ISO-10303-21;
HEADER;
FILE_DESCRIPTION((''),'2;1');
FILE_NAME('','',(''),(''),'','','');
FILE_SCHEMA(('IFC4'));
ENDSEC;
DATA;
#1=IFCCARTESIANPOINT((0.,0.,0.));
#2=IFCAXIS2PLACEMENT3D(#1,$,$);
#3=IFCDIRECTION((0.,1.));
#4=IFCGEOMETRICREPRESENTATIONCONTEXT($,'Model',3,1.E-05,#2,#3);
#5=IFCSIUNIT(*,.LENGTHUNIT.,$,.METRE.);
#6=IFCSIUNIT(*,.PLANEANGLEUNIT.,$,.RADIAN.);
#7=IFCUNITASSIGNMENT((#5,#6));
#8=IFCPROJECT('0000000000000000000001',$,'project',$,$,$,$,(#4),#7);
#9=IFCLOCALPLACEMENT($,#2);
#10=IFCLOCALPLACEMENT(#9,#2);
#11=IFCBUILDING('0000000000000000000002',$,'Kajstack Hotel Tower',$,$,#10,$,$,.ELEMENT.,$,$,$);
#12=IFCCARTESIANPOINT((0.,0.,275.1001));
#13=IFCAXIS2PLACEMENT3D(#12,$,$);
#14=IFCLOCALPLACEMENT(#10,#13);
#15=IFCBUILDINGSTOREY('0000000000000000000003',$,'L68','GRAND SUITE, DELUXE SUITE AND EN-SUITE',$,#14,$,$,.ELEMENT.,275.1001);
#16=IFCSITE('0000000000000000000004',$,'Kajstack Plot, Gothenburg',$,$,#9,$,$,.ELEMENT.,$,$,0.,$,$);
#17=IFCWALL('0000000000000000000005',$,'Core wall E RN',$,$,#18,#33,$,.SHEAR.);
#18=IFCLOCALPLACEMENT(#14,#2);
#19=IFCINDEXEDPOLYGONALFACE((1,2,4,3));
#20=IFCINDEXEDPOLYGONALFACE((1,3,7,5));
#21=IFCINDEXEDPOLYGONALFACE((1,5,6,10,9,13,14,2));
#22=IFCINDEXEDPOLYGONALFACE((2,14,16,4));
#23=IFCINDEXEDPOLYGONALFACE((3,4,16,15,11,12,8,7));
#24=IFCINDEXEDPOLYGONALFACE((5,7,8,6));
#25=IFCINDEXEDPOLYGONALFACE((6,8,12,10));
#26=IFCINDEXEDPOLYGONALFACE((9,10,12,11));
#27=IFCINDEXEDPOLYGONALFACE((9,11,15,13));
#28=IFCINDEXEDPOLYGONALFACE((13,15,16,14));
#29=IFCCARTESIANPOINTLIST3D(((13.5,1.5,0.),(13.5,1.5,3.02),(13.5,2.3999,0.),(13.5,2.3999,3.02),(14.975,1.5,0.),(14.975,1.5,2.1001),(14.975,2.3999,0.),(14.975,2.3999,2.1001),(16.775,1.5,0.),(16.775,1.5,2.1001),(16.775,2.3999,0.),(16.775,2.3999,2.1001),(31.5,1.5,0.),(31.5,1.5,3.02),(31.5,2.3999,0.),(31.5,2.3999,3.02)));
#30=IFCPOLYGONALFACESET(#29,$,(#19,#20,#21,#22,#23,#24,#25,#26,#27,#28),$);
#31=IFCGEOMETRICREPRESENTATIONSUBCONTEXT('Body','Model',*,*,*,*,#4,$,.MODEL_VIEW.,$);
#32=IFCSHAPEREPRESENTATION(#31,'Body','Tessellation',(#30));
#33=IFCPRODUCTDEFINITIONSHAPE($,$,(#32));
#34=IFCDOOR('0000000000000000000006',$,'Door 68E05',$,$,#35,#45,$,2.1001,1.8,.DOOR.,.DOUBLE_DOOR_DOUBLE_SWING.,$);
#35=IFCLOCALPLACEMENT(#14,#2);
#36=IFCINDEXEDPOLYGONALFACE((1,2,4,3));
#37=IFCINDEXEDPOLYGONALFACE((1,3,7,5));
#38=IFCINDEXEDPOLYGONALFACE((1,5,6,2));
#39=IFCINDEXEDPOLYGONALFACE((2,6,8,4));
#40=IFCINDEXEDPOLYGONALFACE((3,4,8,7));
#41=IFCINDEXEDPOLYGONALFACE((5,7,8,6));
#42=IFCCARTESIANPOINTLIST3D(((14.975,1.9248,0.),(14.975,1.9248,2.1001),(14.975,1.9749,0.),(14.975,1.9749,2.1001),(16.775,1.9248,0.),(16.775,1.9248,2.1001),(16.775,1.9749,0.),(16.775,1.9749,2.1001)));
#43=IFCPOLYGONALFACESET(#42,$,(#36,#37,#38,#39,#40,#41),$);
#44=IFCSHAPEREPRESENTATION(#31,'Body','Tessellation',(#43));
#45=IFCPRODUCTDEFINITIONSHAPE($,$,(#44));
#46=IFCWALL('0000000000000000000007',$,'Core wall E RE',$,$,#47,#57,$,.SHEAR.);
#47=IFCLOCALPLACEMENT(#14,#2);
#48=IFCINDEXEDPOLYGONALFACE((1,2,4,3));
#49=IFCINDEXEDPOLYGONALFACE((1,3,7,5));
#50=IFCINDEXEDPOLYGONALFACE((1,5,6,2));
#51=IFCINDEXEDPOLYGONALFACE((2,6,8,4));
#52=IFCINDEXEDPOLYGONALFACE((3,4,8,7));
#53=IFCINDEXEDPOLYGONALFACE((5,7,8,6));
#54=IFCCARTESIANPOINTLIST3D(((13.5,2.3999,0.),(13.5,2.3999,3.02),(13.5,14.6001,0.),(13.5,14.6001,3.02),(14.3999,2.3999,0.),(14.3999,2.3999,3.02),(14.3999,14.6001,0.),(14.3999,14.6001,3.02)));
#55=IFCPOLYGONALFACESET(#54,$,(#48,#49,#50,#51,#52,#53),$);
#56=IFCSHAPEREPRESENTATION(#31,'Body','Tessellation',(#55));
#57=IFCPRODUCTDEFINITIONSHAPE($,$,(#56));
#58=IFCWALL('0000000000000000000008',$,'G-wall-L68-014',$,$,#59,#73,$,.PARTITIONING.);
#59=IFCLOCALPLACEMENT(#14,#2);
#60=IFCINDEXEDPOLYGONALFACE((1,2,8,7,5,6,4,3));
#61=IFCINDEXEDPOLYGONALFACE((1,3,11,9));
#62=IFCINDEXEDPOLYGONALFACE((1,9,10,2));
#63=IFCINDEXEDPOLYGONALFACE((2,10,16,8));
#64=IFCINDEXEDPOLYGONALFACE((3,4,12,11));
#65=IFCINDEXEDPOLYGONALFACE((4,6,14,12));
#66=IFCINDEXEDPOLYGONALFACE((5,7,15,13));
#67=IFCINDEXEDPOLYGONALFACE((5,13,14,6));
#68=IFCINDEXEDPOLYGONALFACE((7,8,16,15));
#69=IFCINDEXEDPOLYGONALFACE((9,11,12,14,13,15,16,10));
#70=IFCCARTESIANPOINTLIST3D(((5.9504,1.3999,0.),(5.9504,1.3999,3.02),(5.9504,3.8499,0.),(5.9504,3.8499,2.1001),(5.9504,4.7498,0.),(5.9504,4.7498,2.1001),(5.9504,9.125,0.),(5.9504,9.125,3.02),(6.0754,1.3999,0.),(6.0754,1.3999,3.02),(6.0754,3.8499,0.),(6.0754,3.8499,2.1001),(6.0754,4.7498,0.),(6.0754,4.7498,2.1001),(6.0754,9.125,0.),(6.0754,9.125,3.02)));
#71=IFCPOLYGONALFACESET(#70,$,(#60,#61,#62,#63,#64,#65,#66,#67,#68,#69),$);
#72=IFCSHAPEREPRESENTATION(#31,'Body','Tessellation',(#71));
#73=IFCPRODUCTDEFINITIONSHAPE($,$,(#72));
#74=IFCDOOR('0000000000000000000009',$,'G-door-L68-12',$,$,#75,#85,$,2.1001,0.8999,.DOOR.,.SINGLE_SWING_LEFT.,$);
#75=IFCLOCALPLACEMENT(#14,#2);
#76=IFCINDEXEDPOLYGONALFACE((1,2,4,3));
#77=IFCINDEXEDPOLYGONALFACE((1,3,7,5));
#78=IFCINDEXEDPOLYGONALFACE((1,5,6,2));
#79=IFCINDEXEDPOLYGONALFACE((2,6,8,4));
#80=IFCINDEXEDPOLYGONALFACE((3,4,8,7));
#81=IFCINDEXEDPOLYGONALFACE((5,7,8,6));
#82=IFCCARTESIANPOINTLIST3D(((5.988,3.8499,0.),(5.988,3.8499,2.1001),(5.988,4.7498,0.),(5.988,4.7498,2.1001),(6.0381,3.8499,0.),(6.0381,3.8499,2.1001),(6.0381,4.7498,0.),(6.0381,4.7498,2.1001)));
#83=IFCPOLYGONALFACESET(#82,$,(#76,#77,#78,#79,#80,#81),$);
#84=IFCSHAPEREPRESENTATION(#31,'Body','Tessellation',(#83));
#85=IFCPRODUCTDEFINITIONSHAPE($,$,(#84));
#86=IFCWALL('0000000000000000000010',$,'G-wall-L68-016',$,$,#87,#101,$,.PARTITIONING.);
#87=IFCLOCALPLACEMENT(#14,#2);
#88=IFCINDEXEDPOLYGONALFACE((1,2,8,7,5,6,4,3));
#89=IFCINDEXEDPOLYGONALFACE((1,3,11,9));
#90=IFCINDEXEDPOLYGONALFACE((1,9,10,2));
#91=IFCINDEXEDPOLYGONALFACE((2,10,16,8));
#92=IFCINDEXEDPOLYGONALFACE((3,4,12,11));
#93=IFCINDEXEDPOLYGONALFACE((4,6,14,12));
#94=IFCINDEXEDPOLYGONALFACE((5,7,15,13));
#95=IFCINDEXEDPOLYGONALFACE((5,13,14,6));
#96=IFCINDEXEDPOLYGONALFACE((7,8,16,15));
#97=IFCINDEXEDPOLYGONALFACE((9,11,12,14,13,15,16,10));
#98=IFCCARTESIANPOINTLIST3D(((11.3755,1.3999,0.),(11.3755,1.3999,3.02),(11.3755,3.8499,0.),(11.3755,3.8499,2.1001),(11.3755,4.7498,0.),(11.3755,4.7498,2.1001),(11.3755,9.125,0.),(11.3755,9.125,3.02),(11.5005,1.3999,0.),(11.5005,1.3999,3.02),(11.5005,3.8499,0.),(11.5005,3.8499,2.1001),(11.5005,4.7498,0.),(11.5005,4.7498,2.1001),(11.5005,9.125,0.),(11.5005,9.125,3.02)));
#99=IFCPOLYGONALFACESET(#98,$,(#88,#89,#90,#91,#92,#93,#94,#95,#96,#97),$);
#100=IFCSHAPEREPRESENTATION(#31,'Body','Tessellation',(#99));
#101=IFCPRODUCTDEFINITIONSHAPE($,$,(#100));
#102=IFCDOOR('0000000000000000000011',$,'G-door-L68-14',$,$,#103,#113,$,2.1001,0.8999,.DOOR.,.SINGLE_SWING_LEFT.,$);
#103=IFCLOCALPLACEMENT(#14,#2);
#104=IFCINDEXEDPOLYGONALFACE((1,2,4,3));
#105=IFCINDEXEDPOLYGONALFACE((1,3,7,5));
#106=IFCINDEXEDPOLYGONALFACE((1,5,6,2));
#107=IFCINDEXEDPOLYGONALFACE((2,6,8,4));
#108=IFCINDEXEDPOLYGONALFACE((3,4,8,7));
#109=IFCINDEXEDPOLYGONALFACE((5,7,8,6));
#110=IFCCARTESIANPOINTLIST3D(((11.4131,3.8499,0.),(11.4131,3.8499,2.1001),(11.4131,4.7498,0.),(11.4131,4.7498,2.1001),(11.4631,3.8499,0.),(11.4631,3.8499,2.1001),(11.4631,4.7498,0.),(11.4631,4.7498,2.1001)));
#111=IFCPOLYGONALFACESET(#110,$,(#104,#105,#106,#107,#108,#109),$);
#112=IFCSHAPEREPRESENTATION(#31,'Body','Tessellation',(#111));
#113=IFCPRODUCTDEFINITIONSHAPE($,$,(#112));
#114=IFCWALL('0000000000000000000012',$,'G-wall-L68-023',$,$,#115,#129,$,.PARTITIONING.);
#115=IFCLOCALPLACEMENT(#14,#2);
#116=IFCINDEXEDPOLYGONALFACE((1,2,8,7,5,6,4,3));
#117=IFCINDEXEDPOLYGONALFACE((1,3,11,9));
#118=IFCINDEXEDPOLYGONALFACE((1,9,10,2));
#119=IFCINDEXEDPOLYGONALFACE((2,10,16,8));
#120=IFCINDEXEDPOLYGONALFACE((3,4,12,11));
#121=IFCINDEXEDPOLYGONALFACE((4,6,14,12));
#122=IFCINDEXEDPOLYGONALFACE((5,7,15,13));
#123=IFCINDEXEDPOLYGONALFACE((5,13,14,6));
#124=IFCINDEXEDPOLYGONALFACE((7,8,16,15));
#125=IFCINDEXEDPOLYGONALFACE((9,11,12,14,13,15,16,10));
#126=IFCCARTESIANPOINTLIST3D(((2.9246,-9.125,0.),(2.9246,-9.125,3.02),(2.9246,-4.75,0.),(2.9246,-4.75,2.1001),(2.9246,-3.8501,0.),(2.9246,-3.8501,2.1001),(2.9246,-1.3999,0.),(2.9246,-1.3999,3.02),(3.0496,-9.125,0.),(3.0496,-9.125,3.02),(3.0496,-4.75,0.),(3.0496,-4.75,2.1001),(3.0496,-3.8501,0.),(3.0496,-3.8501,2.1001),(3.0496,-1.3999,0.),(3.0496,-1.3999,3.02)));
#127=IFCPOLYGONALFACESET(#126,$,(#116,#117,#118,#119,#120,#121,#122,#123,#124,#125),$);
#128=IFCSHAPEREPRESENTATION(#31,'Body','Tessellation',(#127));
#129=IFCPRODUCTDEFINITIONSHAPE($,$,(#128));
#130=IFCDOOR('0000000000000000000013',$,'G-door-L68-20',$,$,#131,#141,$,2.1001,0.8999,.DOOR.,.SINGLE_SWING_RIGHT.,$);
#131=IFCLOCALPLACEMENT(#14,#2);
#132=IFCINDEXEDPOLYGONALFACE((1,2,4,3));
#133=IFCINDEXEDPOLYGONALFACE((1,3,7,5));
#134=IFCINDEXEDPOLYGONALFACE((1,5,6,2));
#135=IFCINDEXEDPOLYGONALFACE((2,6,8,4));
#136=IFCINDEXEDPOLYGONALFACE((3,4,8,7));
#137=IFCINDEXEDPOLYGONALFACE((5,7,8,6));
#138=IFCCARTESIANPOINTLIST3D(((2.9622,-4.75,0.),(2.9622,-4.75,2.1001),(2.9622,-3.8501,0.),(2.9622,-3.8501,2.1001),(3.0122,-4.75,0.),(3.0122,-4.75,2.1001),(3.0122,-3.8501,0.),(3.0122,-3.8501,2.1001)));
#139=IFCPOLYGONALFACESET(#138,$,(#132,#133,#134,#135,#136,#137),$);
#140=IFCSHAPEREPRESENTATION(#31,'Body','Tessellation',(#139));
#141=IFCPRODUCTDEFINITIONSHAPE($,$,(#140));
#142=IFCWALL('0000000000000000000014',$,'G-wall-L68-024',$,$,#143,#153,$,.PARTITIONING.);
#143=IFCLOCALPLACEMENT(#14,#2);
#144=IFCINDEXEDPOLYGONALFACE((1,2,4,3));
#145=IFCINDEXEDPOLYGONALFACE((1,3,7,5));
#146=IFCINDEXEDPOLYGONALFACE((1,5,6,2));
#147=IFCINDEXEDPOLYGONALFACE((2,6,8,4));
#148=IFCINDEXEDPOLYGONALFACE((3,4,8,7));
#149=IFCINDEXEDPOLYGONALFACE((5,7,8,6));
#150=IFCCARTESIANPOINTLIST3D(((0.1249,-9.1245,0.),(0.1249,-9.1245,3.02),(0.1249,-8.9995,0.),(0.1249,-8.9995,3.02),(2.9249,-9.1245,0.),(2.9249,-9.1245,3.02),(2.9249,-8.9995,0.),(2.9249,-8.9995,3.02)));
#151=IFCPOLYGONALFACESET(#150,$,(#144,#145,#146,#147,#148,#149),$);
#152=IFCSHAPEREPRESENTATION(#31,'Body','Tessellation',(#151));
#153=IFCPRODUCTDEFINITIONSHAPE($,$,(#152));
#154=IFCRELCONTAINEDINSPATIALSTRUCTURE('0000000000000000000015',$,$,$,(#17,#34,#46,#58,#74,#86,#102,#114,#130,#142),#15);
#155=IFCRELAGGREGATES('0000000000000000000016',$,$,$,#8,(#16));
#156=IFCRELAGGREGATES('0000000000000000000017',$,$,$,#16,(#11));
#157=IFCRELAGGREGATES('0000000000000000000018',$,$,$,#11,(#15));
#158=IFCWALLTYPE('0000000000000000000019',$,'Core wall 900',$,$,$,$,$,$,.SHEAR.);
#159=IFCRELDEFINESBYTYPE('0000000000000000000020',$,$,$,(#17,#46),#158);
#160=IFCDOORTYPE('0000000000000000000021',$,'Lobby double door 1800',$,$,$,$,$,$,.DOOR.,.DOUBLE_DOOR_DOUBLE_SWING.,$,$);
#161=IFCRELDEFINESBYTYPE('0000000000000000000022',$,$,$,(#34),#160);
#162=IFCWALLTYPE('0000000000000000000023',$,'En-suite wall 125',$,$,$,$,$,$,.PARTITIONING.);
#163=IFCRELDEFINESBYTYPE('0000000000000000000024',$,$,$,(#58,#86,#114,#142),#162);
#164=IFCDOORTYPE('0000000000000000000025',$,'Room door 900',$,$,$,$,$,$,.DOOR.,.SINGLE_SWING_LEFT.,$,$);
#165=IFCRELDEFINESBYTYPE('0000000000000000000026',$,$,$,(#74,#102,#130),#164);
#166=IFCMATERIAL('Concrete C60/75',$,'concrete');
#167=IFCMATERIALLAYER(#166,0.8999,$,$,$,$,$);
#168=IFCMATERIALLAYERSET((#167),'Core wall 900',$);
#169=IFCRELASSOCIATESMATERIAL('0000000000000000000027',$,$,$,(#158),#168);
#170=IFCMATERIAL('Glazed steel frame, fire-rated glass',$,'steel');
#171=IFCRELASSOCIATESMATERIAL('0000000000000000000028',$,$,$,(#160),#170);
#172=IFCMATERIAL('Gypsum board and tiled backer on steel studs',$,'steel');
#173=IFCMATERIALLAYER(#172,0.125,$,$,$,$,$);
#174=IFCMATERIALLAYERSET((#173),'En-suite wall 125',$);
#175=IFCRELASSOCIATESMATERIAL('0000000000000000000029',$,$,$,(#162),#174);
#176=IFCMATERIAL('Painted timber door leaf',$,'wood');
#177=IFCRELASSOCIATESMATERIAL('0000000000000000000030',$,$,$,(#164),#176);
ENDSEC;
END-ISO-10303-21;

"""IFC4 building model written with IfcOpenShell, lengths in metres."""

from ifc_helpers import new_model, si_unit, direction, frame, frame_2d, origin, place, context, subcontext, project, spatial, rectangle, extrude, material, layer, layer_set, type_object, element, fill, save


model = new_model("IFC4")

# Units and contexts
model_context = context("Model", 3, precision=1e-05, world=origin(), true_north=direction((0.0, 1.0)))
body_context = subcontext(model_context, "Body", "Model", "MODEL_VIEW")
ifc_project = project(units=[si_unit("LENGTHUNIT", "METRE"), si_unit("PLANEANGLEUNIT", "RADIAN")], contexts=[model_context])

# Site, building, storey
site_placement = place(None, origin())
site = spatial("IfcSite", under=ifc_project, at=site_placement, Name="Kajstack Plot, Gothenburg", CompositionType="ELEMENT", RefElevation=0.0)
building_placement = place(site_placement, origin())
building = spatial("IfcBuilding", under=site, at=building_placement, Name="Kajstack Hotel Tower", CompositionType="ELEMENT")
storey_placement = place(building_placement, frame((0.0, 0.0, 275.1001)))
storey = spatial("IfcBuildingStorey", under=building, at=storey_placement, Name="L68", Description="GRAND SUITE, DELUXE SUITE AND EN-SUITE", CompositionType="ELEMENT", Elevation=275.1001)

# Wall, opening, door
ifc_material_1 = material(Name="Concrete C60/75", Category="concrete")
ifc_layer_1 = layer(ifc_material_1, 0.8999)
ifc_layer_set_1 = layer_set([ifc_layer_1], Name="Core wall 900")
wall_type_1 = type_object("IfcWallType", Name="Core wall 900", PredefinedType="SHEAR", material=ifc_layer_set_1)
wall_1_placement = place(storey_placement, frame((13.5, 1.95, 0.0), z_axis=(0.0, 0.0, 1.0), x_axis=(1.0, 0.0, 0.0)))
wall_1 = element("IfcWall", 1, at=wall_1_placement, inside=storey, type_object=wall_type_1, Name="Core wall E RN", PredefinedType="SHEAR", context=body_context, shape_type="SweptSolid", body=[
    extrude(rectangle(XDim=18.0, YDim=0.8999, at=frame_2d((9.0, 0.0))), origin(), (0.0, 0.0, 1.0), 3.02),
])
opening_1_placement = place(wall_1_placement, frame((1.4751, 0.0, 0.0)))
opening_1 = element("IfcOpeningElement", 2, at=opening_1_placement, cuts=wall_1, PredefinedType="OPENING", context=body_context, shape_type="SweptSolid", body=[
    extrude(rectangle(XDim=1.8, YDim=2.1001, at=frame_2d((0.8999, 1.05))), frame((0.0, 0.46, 0.0), z_axis=(0.0, -1.0, 0.0), x_axis=(1.0, 0.0, 0.0)), (0.0, 0.0, 1.0), 0.9199),
])
ifc_material_2 = material(Name="Glazed steel frame, fire-rated glass", Category="steel")
door_type_1 = type_object("IfcDoorType", Name="Lobby double door 1800", OperationType="DOUBLE_DOOR_DOUBLE_SWING", PredefinedType="DOOR", material=ifc_material_2)
door_1_placement = place(opening_1_placement, origin())
door_1 = element("IfcDoor", 3, at=door_1_placement, inside=storey, type_object=door_type_1, Name="Door 68E05", OperationType="DOUBLE_DOOR_DOUBLE_SWING", OverallHeight=2.1001, OverallWidth=1.8, PredefinedType="DOOR", context=body_context, shape_type="SweptSolid", body=[
    extrude(rectangle(XDim=1.8, YDim=2.1001, at=frame_2d((0.8999, 1.05))), frame((0.0, 0.0249, 0.0), z_axis=(0.0, -1.0, 0.0), x_axis=(1.0, 0.0, 0.0)), (0.0, 0.0, 1.0), 0.05),
])
fill(opening_1, door_1)

# Wall
wall_2_placement = place(storey_placement, frame((13.95, 2.3999, 0.0), z_axis=(0.0, 0.0, 1.0), x_axis=(0.0, 1.0, 0.0)))
element("IfcWall", 4, at=wall_2_placement, inside=storey, type_object=wall_type_1, Name="Core wall E RE", PredefinedType="SHEAR", context=body_context, shape_type="SweptSolid", body=[
    extrude(rectangle(XDim=12.2002, YDim=0.8999, at=frame_2d((6.1001, 0.0))), origin(), (0.0, 0.0, 1.0), 3.02),
])

# Walls, openings, doors
ifc_material_3 = material(Name="Gypsum board and tiled backer on steel studs", Category="steel")
ifc_layer_2 = layer(ifc_material_3, 0.125)
ifc_layer_set_2 = layer_set([ifc_layer_2], Name="En-suite wall 125")
wall_type_2 = type_object("IfcWallType", Name="En-suite wall 125", PredefinedType="PARTITIONING", material=ifc_layer_set_2)
wall_3_placement = place(storey_placement, frame((6.0129, 1.3999, 0.0), z_axis=(0.0, 0.0, 1.0), x_axis=(0.0, 1.0, 0.0)))
wall_3 = element("IfcWall", 5, at=wall_3_placement, inside=storey, type_object=wall_type_2, Name="G-wall-L68-014", PredefinedType="PARTITIONING", context=body_context, shape_type="SweptSolid", body=[
    extrude(rectangle(XDim=7.7251, YDim=0.125, at=frame_2d((3.8625, 0.0))), origin(), (0.0, 0.0, 1.0), 3.02),
])
opening_2_placement = place(wall_3_placement, frame((2.45, 0.0, 0.0)))
opening_2 = element("IfcOpeningElement", 6, at=opening_2_placement, cuts=wall_3, PredefinedType="OPENING", context=body_context, shape_type="SweptSolid", body=[
    extrude(rectangle(XDim=0.8999, YDim=2.1001, at=frame_2d((0.45, 1.05))), frame((0.0, 0.0725, 0.0), z_axis=(0.0, -1.0, 0.0), x_axis=(1.0, 0.0, 0.0)), (0.0, 0.0, 1.0), 0.145),
])
ifc_material_4 = material(Name="Painted timber door leaf", Category="wood")
door_type_2 = type_object("IfcDoorType", Name="Room door 900", OperationType="SINGLE_SWING_LEFT", PredefinedType="DOOR", material=ifc_material_4)
door_2_placement = place(opening_2_placement, origin())
door_2 = element("IfcDoor", 7, at=door_2_placement, inside=storey, type_object=door_type_2, Name="G-door-L68-12", OperationType="SINGLE_SWING_LEFT", OverallHeight=2.1001, OverallWidth=0.8999, PredefinedType="DOOR", context=body_context, shape_type="SweptSolid", body=[
    extrude(rectangle(XDim=0.8999, YDim=2.1001, at=frame_2d((0.45, 1.05))), frame((0.0, 0.0249, 0.0), z_axis=(0.0, -1.0, 0.0), x_axis=(1.0, 0.0, 0.0)), (0.0, 0.0, 1.0), 0.05),
])
fill(opening_2, door_2)
wall_4_placement = place(storey_placement, frame((11.438, 1.3999, 0.0), z_axis=(0.0, 0.0, 1.0), x_axis=(0.0, 1.0, 0.0)))
wall_4 = element("IfcWall", 8, at=wall_4_placement, inside=storey, type_object=wall_type_2, Name="G-wall-L68-016", PredefinedType="PARTITIONING", context=body_context, shape_type="SweptSolid", body=[
    extrude(rectangle(XDim=7.7251, YDim=0.125, at=frame_2d((3.8625, 0.0))), origin(), (0.0, 0.0, 1.0), 3.02),
])
opening_3_placement = place(wall_4_placement, frame((2.45, 0.0, 0.0)))
opening_3 = element("IfcOpeningElement", 9, at=opening_3_placement, cuts=wall_4, PredefinedType="OPENING", context=body_context, shape_type="SweptSolid", body=[
    extrude(rectangle(XDim=0.8999, YDim=2.1001, at=frame_2d((0.45, 1.05))), frame((0.0, 0.0725, 0.0), z_axis=(0.0, -1.0, 0.0), x_axis=(1.0, 0.0, 0.0)), (0.0, 0.0, 1.0), 0.145),
])
door_3_placement = place(opening_3_placement, origin())
door_3 = element("IfcDoor", 10, at=door_3_placement, inside=storey, type_object=door_type_2, Name="G-door-L68-14", OperationType="SINGLE_SWING_LEFT", OverallHeight=2.1001, OverallWidth=0.8999, PredefinedType="DOOR", context=body_context, shape_type="SweptSolid", body=[
    extrude(rectangle(XDim=0.8999, YDim=2.1001, at=frame_2d((0.45, 1.05))), frame((0.0, 0.0249, 0.0), z_axis=(0.0, -1.0, 0.0), x_axis=(1.0, 0.0, 0.0)), (0.0, 0.0, 1.0), 0.05),
])
fill(opening_3, door_3)
wall_5_placement = place(storey_placement, frame((2.9871, -9.125, 0.0), z_axis=(0.0, 0.0, 1.0), x_axis=(0.0, 1.0, 0.0)))
wall_5 = element("IfcWall", 11, at=wall_5_placement, inside=storey, type_object=wall_type_2, Name="G-wall-L68-023", PredefinedType="PARTITIONING", context=body_context, shape_type="SweptSolid", body=[
    extrude(rectangle(XDim=7.7251, YDim=0.125, at=frame_2d((3.8625, 0.0))), origin(), (0.0, 0.0, 1.0), 3.02),
])
opening_4_placement = place(wall_5_placement, frame((4.375, 0.0, 0.0)))
opening_4 = element("IfcOpeningElement", 12, at=opening_4_placement, cuts=wall_5, PredefinedType="OPENING", context=body_context, shape_type="SweptSolid", body=[
    extrude(rectangle(XDim=0.8999, YDim=2.1001, at=frame_2d((0.45, 1.05))), frame((0.0, 0.0725, 0.0), z_axis=(0.0, -1.0, 0.0), x_axis=(1.0, 0.0, 0.0)), (0.0, 0.0, 1.0), 0.145),
])
door_4_placement = place(opening_4_placement, origin())
door_4 = element("IfcDoor", 13, at=door_4_placement, inside=storey, type_object=door_type_2, Name="G-door-L68-20", OperationType="SINGLE_SWING_RIGHT", OverallHeight=2.1001, OverallWidth=0.8999, PredefinedType="DOOR", context=body_context, shape_type="SweptSolid", body=[
    extrude(rectangle(XDim=0.8999, YDim=2.1001, at=frame_2d((0.45, 1.05))), frame((0.0, 0.0249, 0.0), z_axis=(0.0, -1.0, 0.0), x_axis=(1.0, 0.0, 0.0)), (0.0, 0.0, 1.0), 0.05),
])
fill(opening_4, door_4)

# Wall
wall_6_placement = place(storey_placement, frame((0.125, -9.062, 0.0), z_axis=(0.0, 0.0, 1.0), x_axis=(1.0, 0.0, 0.0)))
element("IfcWall", 14, at=wall_6_placement, inside=storey, type_object=wall_type_2, Name="G-wall-L68-024", PredefinedType="PARTITIONING", context=body_context, shape_type="SweptSolid", body=[
    extrude(rectangle(XDim=2.8, YDim=0.125, at=frame_2d((1.3999, 0.0))), origin(), (0.0, 0.0, 1.0), 3.02),
])

save(model, "model.ifc")
